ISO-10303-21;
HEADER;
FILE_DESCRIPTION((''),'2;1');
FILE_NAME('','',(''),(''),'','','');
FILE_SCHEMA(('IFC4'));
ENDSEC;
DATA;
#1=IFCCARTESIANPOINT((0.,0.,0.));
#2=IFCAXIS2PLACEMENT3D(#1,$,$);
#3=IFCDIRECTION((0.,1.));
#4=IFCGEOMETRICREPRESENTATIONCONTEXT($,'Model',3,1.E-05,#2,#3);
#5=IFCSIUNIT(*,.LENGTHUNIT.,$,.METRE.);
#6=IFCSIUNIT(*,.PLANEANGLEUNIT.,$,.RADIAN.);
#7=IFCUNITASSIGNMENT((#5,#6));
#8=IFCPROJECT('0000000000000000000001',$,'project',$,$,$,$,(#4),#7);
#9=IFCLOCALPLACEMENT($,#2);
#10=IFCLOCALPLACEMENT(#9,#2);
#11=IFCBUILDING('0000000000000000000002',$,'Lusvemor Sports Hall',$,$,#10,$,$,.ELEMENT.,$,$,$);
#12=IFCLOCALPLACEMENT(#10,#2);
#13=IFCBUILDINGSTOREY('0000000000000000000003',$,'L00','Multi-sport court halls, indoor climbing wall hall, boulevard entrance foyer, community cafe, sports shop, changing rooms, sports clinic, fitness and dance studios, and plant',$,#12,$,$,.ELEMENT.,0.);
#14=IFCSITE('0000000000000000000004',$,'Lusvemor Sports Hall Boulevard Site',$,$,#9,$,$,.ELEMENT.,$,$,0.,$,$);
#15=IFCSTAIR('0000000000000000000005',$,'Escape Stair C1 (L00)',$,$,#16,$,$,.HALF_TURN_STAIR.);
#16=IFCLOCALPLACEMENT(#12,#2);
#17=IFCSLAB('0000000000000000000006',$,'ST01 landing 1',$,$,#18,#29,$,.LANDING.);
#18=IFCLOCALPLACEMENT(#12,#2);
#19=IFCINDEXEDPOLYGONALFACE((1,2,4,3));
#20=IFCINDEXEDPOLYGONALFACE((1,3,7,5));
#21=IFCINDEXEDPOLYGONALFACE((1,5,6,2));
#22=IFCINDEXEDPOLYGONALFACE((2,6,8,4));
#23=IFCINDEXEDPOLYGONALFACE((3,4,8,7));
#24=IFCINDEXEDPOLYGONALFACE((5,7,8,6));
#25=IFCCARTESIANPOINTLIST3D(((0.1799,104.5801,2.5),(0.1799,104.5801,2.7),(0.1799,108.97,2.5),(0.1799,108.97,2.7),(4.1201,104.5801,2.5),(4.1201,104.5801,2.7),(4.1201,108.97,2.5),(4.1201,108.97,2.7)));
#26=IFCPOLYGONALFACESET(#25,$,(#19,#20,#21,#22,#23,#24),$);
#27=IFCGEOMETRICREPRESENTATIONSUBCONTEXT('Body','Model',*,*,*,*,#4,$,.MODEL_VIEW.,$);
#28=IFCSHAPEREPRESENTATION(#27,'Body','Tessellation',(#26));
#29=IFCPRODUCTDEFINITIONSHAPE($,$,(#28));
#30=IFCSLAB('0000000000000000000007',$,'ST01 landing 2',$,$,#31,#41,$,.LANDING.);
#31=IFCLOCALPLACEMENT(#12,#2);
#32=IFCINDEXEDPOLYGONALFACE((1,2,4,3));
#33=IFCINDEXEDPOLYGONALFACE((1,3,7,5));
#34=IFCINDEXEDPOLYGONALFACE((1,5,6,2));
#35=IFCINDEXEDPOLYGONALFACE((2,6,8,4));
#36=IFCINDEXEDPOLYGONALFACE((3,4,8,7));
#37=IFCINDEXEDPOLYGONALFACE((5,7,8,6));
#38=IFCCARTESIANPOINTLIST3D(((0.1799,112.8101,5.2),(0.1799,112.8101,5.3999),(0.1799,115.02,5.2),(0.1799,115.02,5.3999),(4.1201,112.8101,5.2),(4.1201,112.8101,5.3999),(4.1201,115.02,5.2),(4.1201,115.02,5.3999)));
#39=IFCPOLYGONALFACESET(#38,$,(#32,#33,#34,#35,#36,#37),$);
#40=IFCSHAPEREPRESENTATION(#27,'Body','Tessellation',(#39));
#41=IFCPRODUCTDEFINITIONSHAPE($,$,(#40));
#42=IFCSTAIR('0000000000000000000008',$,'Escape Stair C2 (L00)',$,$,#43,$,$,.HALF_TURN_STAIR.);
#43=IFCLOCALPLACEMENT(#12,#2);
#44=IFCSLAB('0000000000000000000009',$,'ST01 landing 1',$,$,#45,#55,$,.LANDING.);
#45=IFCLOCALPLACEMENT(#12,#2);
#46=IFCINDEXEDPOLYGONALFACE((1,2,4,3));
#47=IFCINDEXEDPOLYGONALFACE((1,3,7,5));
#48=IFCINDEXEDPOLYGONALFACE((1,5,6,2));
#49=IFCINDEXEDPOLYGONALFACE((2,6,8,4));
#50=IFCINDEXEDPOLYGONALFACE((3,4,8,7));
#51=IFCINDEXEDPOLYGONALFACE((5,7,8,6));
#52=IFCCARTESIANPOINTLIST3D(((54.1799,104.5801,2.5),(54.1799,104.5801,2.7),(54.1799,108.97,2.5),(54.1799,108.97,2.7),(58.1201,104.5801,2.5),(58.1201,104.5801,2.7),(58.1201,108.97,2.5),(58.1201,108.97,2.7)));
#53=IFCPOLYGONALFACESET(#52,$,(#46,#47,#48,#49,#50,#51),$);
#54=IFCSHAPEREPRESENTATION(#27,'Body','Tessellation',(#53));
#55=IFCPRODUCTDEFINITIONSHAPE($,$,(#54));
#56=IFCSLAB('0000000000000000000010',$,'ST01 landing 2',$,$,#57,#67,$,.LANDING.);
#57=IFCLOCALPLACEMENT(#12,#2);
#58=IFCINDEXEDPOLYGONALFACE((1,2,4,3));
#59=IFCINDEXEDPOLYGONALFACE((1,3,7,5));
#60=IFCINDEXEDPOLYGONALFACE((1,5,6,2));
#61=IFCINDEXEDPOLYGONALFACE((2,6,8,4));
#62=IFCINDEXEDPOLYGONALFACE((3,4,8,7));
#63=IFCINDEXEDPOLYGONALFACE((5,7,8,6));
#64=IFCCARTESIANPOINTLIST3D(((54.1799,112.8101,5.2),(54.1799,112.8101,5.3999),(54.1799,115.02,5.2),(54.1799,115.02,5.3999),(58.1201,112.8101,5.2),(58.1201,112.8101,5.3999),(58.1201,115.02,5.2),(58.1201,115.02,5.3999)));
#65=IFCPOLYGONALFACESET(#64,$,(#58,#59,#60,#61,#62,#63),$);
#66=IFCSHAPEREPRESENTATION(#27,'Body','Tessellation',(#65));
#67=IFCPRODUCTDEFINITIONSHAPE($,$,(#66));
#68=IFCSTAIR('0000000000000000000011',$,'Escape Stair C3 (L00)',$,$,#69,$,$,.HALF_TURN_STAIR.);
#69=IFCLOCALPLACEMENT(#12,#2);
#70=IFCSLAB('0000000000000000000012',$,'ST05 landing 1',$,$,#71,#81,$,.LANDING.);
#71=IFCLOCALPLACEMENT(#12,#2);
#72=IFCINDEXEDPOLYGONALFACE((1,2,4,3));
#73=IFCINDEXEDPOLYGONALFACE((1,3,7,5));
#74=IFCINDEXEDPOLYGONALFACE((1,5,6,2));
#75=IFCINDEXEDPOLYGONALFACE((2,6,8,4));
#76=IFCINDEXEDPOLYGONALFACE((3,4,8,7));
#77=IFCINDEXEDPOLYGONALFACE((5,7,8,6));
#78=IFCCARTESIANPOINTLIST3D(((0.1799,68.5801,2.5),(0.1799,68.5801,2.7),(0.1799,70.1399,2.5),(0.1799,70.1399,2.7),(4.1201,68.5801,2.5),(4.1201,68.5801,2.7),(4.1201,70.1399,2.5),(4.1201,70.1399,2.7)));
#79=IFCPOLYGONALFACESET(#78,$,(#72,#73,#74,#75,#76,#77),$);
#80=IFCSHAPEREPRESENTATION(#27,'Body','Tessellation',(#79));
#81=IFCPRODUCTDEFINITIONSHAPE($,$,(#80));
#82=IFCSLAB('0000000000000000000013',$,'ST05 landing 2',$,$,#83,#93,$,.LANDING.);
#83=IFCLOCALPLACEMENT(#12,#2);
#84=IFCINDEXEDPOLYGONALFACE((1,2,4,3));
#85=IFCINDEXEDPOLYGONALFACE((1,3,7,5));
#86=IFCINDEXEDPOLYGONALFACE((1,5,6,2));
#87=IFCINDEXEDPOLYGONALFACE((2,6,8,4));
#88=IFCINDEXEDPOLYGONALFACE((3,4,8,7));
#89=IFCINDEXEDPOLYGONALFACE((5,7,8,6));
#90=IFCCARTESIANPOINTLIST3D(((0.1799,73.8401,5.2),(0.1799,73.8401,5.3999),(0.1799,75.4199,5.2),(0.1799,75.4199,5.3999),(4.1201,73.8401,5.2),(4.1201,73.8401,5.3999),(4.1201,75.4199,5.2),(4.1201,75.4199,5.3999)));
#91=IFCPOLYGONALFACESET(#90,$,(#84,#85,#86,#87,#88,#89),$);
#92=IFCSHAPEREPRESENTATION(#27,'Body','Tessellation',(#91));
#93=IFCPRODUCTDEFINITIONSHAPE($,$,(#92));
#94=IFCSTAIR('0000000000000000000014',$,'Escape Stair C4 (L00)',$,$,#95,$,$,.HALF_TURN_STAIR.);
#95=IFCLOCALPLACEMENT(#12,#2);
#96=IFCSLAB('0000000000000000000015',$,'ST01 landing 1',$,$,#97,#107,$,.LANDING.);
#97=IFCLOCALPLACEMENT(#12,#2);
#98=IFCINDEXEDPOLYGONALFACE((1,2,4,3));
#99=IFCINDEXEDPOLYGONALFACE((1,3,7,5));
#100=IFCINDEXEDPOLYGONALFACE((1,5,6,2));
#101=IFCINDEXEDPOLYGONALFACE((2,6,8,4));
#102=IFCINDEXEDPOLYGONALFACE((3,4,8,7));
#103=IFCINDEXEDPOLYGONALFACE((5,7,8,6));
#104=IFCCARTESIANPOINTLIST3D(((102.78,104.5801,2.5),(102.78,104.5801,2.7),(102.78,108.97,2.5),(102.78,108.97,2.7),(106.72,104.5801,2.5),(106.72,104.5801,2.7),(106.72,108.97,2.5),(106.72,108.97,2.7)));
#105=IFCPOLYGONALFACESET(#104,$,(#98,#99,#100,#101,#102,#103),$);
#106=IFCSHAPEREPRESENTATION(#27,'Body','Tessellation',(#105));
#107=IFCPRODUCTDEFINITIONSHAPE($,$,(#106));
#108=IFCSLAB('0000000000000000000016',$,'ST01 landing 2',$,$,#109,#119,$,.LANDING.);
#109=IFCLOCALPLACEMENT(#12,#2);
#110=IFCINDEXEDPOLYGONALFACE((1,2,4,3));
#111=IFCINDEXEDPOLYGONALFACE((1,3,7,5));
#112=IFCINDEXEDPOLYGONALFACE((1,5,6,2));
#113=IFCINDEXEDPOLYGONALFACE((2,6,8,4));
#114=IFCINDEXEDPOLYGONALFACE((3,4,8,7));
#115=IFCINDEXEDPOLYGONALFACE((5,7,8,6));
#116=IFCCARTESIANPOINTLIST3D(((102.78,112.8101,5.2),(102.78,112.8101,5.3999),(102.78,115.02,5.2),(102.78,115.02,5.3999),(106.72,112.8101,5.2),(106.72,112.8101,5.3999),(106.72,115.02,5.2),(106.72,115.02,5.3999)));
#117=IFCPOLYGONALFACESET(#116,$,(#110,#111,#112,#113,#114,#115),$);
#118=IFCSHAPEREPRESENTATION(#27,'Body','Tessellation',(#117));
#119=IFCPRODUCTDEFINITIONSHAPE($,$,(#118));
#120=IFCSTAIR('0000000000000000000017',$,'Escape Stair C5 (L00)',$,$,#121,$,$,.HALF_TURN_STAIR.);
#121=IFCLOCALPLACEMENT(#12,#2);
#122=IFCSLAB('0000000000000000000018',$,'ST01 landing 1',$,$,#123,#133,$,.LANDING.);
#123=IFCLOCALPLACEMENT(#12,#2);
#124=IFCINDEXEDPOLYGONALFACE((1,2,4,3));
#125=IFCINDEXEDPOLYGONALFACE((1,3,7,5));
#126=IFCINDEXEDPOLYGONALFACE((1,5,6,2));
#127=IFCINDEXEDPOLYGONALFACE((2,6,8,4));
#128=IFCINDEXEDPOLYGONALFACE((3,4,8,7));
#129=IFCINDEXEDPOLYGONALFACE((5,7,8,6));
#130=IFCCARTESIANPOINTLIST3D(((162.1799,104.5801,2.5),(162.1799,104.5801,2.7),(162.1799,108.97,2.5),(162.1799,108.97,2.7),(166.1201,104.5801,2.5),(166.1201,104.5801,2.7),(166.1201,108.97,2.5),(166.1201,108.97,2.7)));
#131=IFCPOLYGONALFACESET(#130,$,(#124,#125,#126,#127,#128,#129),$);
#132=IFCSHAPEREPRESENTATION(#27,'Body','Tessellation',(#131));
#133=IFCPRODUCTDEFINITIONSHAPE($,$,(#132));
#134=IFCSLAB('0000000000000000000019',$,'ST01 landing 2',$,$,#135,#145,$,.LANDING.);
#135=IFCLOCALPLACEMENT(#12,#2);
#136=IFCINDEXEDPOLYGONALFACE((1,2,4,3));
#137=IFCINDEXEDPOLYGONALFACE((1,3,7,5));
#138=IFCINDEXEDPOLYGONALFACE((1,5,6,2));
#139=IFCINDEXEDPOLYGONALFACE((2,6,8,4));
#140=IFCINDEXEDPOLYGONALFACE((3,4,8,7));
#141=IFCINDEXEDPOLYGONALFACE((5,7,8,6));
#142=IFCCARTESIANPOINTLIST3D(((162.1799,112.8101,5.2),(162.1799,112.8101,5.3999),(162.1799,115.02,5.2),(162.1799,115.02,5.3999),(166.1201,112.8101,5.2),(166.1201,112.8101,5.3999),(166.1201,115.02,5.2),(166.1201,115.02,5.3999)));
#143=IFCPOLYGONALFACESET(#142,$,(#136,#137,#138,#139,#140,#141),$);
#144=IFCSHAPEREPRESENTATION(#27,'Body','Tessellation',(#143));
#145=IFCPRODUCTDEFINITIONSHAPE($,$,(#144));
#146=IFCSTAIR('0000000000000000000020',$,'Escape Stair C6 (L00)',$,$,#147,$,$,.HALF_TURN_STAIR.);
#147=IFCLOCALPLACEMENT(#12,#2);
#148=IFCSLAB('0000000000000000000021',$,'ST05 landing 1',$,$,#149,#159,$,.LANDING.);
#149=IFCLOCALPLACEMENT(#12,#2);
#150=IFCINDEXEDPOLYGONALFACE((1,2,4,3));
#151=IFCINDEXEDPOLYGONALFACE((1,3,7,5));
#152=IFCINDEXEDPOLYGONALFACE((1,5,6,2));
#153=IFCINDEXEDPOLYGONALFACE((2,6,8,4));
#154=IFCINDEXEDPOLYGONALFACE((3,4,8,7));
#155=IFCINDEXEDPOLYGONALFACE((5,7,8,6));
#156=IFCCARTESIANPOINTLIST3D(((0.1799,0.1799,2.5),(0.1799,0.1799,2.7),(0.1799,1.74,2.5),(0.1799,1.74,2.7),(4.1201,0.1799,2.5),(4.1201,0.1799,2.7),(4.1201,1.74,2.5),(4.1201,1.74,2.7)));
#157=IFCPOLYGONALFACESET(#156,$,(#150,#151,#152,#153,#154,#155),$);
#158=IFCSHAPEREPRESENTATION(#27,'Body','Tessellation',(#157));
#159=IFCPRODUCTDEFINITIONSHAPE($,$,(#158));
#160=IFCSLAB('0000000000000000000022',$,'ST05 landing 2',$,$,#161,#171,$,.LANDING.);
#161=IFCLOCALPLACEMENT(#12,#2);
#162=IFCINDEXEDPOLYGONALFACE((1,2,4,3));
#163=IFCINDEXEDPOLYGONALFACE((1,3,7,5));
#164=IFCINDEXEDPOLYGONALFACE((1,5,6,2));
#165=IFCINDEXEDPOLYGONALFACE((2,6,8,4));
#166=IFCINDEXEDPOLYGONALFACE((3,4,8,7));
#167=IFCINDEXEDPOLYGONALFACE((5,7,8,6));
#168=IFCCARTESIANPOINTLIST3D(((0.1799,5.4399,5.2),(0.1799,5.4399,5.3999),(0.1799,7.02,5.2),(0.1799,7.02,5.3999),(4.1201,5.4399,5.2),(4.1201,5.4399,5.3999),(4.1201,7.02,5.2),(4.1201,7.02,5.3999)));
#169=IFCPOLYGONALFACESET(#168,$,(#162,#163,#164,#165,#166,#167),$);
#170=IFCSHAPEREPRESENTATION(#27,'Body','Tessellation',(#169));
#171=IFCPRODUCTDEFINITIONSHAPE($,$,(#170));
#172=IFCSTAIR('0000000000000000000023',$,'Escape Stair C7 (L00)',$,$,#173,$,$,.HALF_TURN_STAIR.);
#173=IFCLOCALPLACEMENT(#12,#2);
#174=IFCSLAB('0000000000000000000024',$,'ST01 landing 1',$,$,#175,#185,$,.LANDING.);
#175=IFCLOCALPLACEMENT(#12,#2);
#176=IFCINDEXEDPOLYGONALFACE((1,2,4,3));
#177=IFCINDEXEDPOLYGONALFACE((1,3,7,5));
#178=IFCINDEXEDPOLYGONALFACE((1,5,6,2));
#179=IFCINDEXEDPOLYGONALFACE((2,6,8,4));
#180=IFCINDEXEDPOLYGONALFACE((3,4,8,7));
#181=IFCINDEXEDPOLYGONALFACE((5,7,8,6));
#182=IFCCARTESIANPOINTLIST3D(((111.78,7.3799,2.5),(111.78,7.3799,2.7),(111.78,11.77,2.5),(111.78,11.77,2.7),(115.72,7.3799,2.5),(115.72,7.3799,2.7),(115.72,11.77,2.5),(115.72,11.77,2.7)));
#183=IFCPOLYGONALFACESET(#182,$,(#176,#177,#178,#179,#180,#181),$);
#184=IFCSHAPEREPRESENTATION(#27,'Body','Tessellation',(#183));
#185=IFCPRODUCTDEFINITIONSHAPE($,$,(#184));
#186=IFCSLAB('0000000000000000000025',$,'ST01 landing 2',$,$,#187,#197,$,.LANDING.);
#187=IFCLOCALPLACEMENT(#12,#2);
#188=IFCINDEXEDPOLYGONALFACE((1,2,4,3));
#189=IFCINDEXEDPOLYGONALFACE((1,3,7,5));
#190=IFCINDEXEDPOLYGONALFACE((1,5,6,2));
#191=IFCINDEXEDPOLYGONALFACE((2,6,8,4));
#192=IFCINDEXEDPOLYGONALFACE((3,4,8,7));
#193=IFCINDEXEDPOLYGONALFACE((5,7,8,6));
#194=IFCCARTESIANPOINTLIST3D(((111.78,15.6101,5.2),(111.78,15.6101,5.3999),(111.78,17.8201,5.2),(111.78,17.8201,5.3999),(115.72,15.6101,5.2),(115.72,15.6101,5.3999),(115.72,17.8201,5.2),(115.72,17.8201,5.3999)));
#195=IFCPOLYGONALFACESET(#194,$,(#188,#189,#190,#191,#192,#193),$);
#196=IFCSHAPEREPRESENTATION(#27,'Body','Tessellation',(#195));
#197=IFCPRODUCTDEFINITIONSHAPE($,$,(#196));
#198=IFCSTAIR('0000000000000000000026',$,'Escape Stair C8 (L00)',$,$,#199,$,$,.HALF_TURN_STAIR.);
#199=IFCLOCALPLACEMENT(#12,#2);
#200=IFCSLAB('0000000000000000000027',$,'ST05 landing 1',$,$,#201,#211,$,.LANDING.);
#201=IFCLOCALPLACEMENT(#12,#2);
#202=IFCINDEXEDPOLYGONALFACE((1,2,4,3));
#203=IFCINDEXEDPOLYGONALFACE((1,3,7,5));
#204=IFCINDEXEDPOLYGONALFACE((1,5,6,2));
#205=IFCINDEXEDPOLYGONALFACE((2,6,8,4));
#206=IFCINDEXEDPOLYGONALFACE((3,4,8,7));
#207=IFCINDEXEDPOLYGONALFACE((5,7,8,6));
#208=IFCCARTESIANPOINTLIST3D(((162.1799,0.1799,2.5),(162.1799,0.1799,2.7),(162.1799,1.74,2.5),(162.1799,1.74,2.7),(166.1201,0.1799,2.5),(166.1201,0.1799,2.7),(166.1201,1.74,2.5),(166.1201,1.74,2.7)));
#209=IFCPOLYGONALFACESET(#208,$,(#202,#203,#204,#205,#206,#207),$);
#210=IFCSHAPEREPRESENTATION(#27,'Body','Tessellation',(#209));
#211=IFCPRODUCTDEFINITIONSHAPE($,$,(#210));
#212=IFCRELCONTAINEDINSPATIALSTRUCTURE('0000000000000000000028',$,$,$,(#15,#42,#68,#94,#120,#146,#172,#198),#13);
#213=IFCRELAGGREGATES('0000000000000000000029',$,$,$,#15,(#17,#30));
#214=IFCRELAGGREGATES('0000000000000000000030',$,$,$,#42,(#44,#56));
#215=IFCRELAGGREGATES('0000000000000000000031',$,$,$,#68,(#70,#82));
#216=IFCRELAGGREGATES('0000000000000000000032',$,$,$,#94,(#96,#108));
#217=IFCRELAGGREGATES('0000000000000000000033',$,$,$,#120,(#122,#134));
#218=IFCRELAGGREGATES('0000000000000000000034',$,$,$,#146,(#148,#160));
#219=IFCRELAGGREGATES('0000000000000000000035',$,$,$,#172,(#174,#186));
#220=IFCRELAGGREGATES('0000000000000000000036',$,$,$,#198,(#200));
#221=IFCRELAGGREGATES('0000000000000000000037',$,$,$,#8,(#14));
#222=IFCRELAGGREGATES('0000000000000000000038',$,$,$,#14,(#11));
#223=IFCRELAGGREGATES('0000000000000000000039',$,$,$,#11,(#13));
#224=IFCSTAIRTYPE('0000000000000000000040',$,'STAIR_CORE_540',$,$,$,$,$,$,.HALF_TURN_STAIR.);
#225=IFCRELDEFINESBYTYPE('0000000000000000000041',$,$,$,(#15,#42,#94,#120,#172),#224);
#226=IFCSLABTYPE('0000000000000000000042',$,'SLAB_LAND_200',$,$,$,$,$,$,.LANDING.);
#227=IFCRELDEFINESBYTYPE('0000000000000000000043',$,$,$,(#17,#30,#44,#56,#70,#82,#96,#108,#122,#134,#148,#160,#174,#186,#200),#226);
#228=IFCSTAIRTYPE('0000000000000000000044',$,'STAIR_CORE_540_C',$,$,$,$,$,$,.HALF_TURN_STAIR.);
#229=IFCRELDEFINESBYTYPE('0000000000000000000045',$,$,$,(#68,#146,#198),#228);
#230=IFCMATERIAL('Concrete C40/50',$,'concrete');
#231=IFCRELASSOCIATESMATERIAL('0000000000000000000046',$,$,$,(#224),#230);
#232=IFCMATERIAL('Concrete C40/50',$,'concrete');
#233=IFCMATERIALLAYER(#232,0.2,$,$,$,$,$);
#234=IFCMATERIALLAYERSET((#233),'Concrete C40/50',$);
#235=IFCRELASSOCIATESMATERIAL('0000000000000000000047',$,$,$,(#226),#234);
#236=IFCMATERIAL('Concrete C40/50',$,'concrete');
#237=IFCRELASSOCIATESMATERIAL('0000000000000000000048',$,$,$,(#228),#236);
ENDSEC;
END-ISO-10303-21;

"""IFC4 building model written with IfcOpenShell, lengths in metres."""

from ifc_helpers import new_model, si_unit, direction, frame, origin, place, context, subcontext, project, spatial, polyline, outline, extrude, material, layer, layer_set, type_object, element, aggregate, save


model = new_model("IFC4")

# Units and contexts
model_context = context("Model", 3, precision=1e-05, world=origin(), true_north=direction((0.0, 1.0)))
body_context = subcontext(model_context, "Body", "Model", "MODEL_VIEW")
ifc_project = project(units=[si_unit("LENGTHUNIT", "METRE"), si_unit("PLANEANGLEUNIT", "RADIAN")], contexts=[model_context])

# Site, building, storey
site_placement = place(None, origin())
site = spatial("IfcSite", under=ifc_project, at=site_placement, Name="Lusvemor Sports Hall Boulevard Site", CompositionType="ELEMENT", RefElevation=0.0)
building_placement = place(site_placement, origin())
building = spatial("IfcBuilding", under=site, at=building_placement, Name="Lusvemor Sports Hall", CompositionType="ELEMENT")
storey_placement = place(building_placement, origin())
storey = spatial("IfcBuildingStorey", under=building, at=storey_placement, Name="L00", Description="Multi-sport court halls, indoor climbing wall hall, boulevard entrance foyer, community cafe, sports shop, changing rooms, sports clinic, fitness and dance studios, and plant", CompositionType="ELEMENT", Elevation=0.0)

# Stairs, slabs
ifc_material_1 = material(Name="Concrete C40/50", Category="concrete")
stair_type_1 = type_object("IfcStairType", Name="STAIR_CORE_540", PredefinedType="HALF_TURN_STAIR", material=ifc_material_1)
stair_1_placement = place(storey_placement, origin())
stair_1 = element("IfcStair", 1, at=stair_1_placement, inside=storey, type_object=stair_type_1, Name="Escape Stair C1 (L00)", PredefinedType="HALF_TURN_STAIR")
ifc_material_2 = material(Name="Concrete C40/50", Category="concrete")
ifc_layer_1 = layer(ifc_material_2, 0.2)
ifc_layer_set_1 = layer_set([ifc_layer_1], Name="Concrete C40/50")
slab_type_1 = type_object("IfcSlabType", Name="SLAB_LAND_200", PredefinedType="LANDING", material=ifc_layer_set_1)
slab_1_placement = place(storey_placement, frame((0.0, 0.0, 2.5)))
slab_1 = element("IfcSlab", 2, at=slab_1_placement, type_object=slab_type_1, Name="ST01 landing 1", PredefinedType="LANDING", context=body_context, shape_type="SweptSolid", body=[
    extrude(outline(polyline([(0.1799, 104.5801), (4.1201, 104.5801), (4.1201, 108.97), (0.1799, 108.97), (0.1799, 104.5801)])), origin(), (0.0, 0.0, 1.0), 0.2),
])
slab_2_placement = place(storey_placement, frame((0.0, 0.0, 5.2)))
slab_2 = element("IfcSlab", 3, at=slab_2_placement, type_object=slab_type_1, Name="ST01 landing 2", PredefinedType="LANDING", context=body_context, shape_type="SweptSolid", body=[
    extrude(outline(polyline([(0.1799, 112.8101), (4.1201, 112.8101), (4.1201, 115.02), (0.1799, 115.02), (0.1799, 112.8101)])), origin(), (0.0, 0.0, 1.0), 0.2),
])
aggregate(stair_1, [slab_1, slab_2])
stair_2_placement = place(storey_placement, origin())
stair_2 = element("IfcStair", 4, at=stair_2_placement, inside=storey, type_object=stair_type_1, Name="Escape Stair C2 (L00)", PredefinedType="HALF_TURN_STAIR")
slab_3_placement = place(storey_placement, frame((0.0, 0.0, 2.5)))
slab_3 = element("IfcSlab", 5, at=slab_3_placement, type_object=slab_type_1, Name="ST01 landing 1", PredefinedType="LANDING", context=body_context, shape_type="SweptSolid", body=[
    extrude(outline(polyline([(54.1799, 104.5801), (58.1201, 104.5801), (58.1201, 108.97), (54.1799, 108.97), (54.1799, 104.5801)])), origin(), (0.0, 0.0, 1.0), 0.2),
])
slab_4_placement = place(storey_placement, frame((0.0, 0.0, 5.2)))
slab_4 = element("IfcSlab", 6, at=slab_4_placement, type_object=slab_type_1, Name="ST01 landing 2", PredefinedType="LANDING", context=body_context, shape_type="SweptSolid", body=[
    extrude(outline(polyline([(54.1799, 112.8101), (58.1201, 112.8101), (58.1201, 115.02), (54.1799, 115.02), (54.1799, 112.8101)])), origin(), (0.0, 0.0, 1.0), 0.2),
])
aggregate(stair_2, [slab_3, slab_4])
ifc_material_3 = material(Name="Concrete C40/50", Category="concrete")
stair_type_2 = type_object("IfcStairType", Name="STAIR_CORE_540_C", PredefinedType="HALF_TURN_STAIR", material=ifc_material_3)
stair_3_placement = place(storey_placement, origin())
stair_3 = element("IfcStair", 7, at=stair_3_placement, inside=storey, type_object=stair_type_2, Name="Escape Stair C3 (L00)", PredefinedType="HALF_TURN_STAIR")
slab_5_placement = place(storey_placement, frame((0.0, 0.0, 2.5)))
slab_5 = element("IfcSlab", 8, at=slab_5_placement, type_object=slab_type_1, Name="ST05 landing 1", PredefinedType="LANDING", context=body_context, shape_type="SweptSolid", body=[
    extrude(outline(polyline([(0.1799, 68.5801), (4.1201, 68.5801), (4.1201, 70.1399), (0.1799, 70.1399), (0.1799, 68.5801)])), origin(), (0.0, 0.0, 1.0), 0.2),
])
slab_6_placement = place(storey_placement, frame((0.0, 0.0, 5.2)))
slab_6 = element("IfcSlab", 9, at=slab_6_placement, type_object=slab_type_1, Name="ST05 landing 2", PredefinedType="LANDING", context=body_context, shape_type="SweptSolid", body=[
    extrude(outline(polyline([(0.1799, 73.8401), (4.1201, 73.8401), (4.1201, 75.4199), (0.1799, 75.4199), (0.1799, 73.8401)])), origin(), (0.0, 0.0, 1.0), 0.2),
])
aggregate(stair_3, [slab_5, slab_6])
stair_4_placement = place(storey_placement, origin())
stair_4 = element("IfcStair", 10, at=stair_4_placement, inside=storey, type_object=stair_type_1, Name="Escape Stair C4 (L00)", PredefinedType="HALF_TURN_STAIR")
slab_7_placement = place(storey_placement, frame((0.0, 0.0, 2.5)))
slab_7 = element("IfcSlab", 11, at=slab_7_placement, type_object=slab_type_1, Name="ST01 landing 1", PredefinedType="LANDING", context=body_context, shape_type="SweptSolid", body=[
    extrude(outline(polyline([(102.78, 104.5801), (106.72, 104.5801), (106.72, 108.97), (102.78, 108.97), (102.78, 104.5801)])), origin(), (0.0, 0.0, 1.0), 0.2),
])
slab_8_placement = place(storey_placement, frame((0.0, 0.0, 5.2)))
slab_8 = element("IfcSlab", 12, at=slab_8_placement, type_object=slab_type_1, Name="ST01 landing 2", PredefinedType="LANDING", context=body_context, shape_type="SweptSolid", body=[
    extrude(outline(polyline([(102.78, 112.8101), (106.72, 112.8101), (106.72, 115.02), (102.78, 115.02), (102.78, 112.8101)])), origin(), (0.0, 0.0, 1.0), 0.2),
])
aggregate(stair_4, [slab_7, slab_8])
stair_5_placement = place(storey_placement, origin())
stair_5 = element("IfcStair", 13, at=stair_5_placement, inside=storey, type_object=stair_type_1, Name="Escape Stair C5 (L00)", PredefinedType="HALF_TURN_STAIR")
slab_9_placement = place(storey_placement, frame((0.0, 0.0, 2.5)))
slab_9 = element("IfcSlab", 14, at=slab_9_placement, type_object=slab_type_1, Name="ST01 landing 1", PredefinedType="LANDING", context=body_context, shape_type="SweptSolid", body=[
    extrude(outline(polyline([(162.1799, 104.5801), (166.1201, 104.5801), (166.1201, 108.97), (162.1799, 108.97), (162.1799, 104.5801)])), origin(), (0.0, 0.0, 1.0), 0.2),
])
slab_10_placement = place(storey_placement, frame((0.0, 0.0, 5.2)))
slab_10 = element("IfcSlab", 15, at=slab_10_placement, type_object=slab_type_1, Name="ST01 landing 2", PredefinedType="LANDING", context=body_context, shape_type="SweptSolid", body=[
    extrude(outline(polyline([(162.1799, 112.8101), (166.1201, 112.8101), (166.1201, 115.02), (162.1799, 115.02), (162.1799, 112.8101)])), origin(), (0.0, 0.0, 1.0), 0.2),
])
aggregate(stair_5, [slab_9, slab_10])
stair_6_placement = place(storey_placement, origin())
stair_6 = element("IfcStair", 16, at=stair_6_placement, inside=storey, type_object=stair_type_2, Name="Escape Stair C6 (L00)", PredefinedType="HALF_TURN_STAIR")
slab_11_placement = place(storey_placement, frame((0.0, 0.0, 2.5)))
slab_11 = element("IfcSlab", 17, at=slab_11_placement, type_object=slab_type_1, Name="ST05 landing 1", PredefinedType="LANDING", context=body_context, shape_type="SweptSolid", body=[
    extrude(outline(polyline([(0.1799, 0.1799), (4.1201, 0.1799), (4.1201, 1.74), (0.1799, 1.74), (0.1799, 0.1799)])), origin(), (0.0, 0.0, 1.0), 0.2),
])
slab_12_placement = place(storey_placement, frame((0.0, 0.0, 5.2)))
slab_12 = element("IfcSlab", 18, at=slab_12_placement, type_object=slab_type_1, Name="ST05 landing 2", PredefinedType="LANDING", context=body_context, shape_type="SweptSolid", body=[
    extrude(outline(polyline([(0.1799, 5.4399), (4.1201, 5.4399), (4.1201, 7.02), (0.1799, 7.02), (0.1799, 5.4399)])), origin(), (0.0, 0.0, 1.0), 0.2),
])
aggregate(stair_6, [slab_11, slab_12])
stair_7_placement = place(storey_placement, origin())
stair_7 = element("IfcStair", 19, at=stair_7_placement, inside=storey, type_object=stair_type_1, Name="Escape Stair C7 (L00)", PredefinedType="HALF_TURN_STAIR")
slab_13_placement = place(storey_placement, frame((0.0, 0.0, 2.5)))
slab_13 = element("IfcSlab", 20, at=slab_13_placement, type_object=slab_type_1, Name="ST01 landing 1", PredefinedType="LANDING", context=body_context, shape_type="SweptSolid", body=[
    extrude(outline(polyline([(111.78, 7.3799), (115.72, 7.3799), (115.72, 11.77), (111.78, 11.77), (111.78, 7.3799)])), origin(), (0.0, 0.0, 1.0), 0.2),
])
slab_14_placement = place(storey_placement, frame((0.0, 0.0, 5.2)))
slab_14 = element("IfcSlab", 21, at=slab_14_placement, type_object=slab_type_1, Name="ST01 landing 2", PredefinedType="LANDING", context=body_context, shape_type="SweptSolid", body=[
    extrude(outline(polyline([(111.78, 15.6101), (115.72, 15.6101), (115.72, 17.8201), (111.78, 17.8201), (111.78, 15.6101)])), origin(), (0.0, 0.0, 1.0), 0.2),
])
aggregate(stair_7, [slab_13, slab_14])
stair_8_placement = place(storey_placement, origin())
stair_8 = element("IfcStair", 22, at=stair_8_placement, inside=storey, type_object=stair_type_2, Name="Escape Stair C8 (L00)", PredefinedType="HALF_TURN_STAIR")
slab_15_placement = place(storey_placement, frame((0.0, 0.0, 2.5)))
slab_15 = element("IfcSlab", 23, at=slab_15_placement, type_object=slab_type_1, Name="ST05 landing 1", PredefinedType="LANDING", context=body_context, shape_type="SweptSolid", body=[
    extrude(outline(polyline([(162.1799, 0.1799), (166.1201, 0.1799), (166.1201, 1.74), (162.1799, 1.74), (162.1799, 0.1799)])), origin(), (0.0, 0.0, 1.0), 0.2),
])
aggregate(stair_8, [slab_15])

save(model, "model.ifc")
